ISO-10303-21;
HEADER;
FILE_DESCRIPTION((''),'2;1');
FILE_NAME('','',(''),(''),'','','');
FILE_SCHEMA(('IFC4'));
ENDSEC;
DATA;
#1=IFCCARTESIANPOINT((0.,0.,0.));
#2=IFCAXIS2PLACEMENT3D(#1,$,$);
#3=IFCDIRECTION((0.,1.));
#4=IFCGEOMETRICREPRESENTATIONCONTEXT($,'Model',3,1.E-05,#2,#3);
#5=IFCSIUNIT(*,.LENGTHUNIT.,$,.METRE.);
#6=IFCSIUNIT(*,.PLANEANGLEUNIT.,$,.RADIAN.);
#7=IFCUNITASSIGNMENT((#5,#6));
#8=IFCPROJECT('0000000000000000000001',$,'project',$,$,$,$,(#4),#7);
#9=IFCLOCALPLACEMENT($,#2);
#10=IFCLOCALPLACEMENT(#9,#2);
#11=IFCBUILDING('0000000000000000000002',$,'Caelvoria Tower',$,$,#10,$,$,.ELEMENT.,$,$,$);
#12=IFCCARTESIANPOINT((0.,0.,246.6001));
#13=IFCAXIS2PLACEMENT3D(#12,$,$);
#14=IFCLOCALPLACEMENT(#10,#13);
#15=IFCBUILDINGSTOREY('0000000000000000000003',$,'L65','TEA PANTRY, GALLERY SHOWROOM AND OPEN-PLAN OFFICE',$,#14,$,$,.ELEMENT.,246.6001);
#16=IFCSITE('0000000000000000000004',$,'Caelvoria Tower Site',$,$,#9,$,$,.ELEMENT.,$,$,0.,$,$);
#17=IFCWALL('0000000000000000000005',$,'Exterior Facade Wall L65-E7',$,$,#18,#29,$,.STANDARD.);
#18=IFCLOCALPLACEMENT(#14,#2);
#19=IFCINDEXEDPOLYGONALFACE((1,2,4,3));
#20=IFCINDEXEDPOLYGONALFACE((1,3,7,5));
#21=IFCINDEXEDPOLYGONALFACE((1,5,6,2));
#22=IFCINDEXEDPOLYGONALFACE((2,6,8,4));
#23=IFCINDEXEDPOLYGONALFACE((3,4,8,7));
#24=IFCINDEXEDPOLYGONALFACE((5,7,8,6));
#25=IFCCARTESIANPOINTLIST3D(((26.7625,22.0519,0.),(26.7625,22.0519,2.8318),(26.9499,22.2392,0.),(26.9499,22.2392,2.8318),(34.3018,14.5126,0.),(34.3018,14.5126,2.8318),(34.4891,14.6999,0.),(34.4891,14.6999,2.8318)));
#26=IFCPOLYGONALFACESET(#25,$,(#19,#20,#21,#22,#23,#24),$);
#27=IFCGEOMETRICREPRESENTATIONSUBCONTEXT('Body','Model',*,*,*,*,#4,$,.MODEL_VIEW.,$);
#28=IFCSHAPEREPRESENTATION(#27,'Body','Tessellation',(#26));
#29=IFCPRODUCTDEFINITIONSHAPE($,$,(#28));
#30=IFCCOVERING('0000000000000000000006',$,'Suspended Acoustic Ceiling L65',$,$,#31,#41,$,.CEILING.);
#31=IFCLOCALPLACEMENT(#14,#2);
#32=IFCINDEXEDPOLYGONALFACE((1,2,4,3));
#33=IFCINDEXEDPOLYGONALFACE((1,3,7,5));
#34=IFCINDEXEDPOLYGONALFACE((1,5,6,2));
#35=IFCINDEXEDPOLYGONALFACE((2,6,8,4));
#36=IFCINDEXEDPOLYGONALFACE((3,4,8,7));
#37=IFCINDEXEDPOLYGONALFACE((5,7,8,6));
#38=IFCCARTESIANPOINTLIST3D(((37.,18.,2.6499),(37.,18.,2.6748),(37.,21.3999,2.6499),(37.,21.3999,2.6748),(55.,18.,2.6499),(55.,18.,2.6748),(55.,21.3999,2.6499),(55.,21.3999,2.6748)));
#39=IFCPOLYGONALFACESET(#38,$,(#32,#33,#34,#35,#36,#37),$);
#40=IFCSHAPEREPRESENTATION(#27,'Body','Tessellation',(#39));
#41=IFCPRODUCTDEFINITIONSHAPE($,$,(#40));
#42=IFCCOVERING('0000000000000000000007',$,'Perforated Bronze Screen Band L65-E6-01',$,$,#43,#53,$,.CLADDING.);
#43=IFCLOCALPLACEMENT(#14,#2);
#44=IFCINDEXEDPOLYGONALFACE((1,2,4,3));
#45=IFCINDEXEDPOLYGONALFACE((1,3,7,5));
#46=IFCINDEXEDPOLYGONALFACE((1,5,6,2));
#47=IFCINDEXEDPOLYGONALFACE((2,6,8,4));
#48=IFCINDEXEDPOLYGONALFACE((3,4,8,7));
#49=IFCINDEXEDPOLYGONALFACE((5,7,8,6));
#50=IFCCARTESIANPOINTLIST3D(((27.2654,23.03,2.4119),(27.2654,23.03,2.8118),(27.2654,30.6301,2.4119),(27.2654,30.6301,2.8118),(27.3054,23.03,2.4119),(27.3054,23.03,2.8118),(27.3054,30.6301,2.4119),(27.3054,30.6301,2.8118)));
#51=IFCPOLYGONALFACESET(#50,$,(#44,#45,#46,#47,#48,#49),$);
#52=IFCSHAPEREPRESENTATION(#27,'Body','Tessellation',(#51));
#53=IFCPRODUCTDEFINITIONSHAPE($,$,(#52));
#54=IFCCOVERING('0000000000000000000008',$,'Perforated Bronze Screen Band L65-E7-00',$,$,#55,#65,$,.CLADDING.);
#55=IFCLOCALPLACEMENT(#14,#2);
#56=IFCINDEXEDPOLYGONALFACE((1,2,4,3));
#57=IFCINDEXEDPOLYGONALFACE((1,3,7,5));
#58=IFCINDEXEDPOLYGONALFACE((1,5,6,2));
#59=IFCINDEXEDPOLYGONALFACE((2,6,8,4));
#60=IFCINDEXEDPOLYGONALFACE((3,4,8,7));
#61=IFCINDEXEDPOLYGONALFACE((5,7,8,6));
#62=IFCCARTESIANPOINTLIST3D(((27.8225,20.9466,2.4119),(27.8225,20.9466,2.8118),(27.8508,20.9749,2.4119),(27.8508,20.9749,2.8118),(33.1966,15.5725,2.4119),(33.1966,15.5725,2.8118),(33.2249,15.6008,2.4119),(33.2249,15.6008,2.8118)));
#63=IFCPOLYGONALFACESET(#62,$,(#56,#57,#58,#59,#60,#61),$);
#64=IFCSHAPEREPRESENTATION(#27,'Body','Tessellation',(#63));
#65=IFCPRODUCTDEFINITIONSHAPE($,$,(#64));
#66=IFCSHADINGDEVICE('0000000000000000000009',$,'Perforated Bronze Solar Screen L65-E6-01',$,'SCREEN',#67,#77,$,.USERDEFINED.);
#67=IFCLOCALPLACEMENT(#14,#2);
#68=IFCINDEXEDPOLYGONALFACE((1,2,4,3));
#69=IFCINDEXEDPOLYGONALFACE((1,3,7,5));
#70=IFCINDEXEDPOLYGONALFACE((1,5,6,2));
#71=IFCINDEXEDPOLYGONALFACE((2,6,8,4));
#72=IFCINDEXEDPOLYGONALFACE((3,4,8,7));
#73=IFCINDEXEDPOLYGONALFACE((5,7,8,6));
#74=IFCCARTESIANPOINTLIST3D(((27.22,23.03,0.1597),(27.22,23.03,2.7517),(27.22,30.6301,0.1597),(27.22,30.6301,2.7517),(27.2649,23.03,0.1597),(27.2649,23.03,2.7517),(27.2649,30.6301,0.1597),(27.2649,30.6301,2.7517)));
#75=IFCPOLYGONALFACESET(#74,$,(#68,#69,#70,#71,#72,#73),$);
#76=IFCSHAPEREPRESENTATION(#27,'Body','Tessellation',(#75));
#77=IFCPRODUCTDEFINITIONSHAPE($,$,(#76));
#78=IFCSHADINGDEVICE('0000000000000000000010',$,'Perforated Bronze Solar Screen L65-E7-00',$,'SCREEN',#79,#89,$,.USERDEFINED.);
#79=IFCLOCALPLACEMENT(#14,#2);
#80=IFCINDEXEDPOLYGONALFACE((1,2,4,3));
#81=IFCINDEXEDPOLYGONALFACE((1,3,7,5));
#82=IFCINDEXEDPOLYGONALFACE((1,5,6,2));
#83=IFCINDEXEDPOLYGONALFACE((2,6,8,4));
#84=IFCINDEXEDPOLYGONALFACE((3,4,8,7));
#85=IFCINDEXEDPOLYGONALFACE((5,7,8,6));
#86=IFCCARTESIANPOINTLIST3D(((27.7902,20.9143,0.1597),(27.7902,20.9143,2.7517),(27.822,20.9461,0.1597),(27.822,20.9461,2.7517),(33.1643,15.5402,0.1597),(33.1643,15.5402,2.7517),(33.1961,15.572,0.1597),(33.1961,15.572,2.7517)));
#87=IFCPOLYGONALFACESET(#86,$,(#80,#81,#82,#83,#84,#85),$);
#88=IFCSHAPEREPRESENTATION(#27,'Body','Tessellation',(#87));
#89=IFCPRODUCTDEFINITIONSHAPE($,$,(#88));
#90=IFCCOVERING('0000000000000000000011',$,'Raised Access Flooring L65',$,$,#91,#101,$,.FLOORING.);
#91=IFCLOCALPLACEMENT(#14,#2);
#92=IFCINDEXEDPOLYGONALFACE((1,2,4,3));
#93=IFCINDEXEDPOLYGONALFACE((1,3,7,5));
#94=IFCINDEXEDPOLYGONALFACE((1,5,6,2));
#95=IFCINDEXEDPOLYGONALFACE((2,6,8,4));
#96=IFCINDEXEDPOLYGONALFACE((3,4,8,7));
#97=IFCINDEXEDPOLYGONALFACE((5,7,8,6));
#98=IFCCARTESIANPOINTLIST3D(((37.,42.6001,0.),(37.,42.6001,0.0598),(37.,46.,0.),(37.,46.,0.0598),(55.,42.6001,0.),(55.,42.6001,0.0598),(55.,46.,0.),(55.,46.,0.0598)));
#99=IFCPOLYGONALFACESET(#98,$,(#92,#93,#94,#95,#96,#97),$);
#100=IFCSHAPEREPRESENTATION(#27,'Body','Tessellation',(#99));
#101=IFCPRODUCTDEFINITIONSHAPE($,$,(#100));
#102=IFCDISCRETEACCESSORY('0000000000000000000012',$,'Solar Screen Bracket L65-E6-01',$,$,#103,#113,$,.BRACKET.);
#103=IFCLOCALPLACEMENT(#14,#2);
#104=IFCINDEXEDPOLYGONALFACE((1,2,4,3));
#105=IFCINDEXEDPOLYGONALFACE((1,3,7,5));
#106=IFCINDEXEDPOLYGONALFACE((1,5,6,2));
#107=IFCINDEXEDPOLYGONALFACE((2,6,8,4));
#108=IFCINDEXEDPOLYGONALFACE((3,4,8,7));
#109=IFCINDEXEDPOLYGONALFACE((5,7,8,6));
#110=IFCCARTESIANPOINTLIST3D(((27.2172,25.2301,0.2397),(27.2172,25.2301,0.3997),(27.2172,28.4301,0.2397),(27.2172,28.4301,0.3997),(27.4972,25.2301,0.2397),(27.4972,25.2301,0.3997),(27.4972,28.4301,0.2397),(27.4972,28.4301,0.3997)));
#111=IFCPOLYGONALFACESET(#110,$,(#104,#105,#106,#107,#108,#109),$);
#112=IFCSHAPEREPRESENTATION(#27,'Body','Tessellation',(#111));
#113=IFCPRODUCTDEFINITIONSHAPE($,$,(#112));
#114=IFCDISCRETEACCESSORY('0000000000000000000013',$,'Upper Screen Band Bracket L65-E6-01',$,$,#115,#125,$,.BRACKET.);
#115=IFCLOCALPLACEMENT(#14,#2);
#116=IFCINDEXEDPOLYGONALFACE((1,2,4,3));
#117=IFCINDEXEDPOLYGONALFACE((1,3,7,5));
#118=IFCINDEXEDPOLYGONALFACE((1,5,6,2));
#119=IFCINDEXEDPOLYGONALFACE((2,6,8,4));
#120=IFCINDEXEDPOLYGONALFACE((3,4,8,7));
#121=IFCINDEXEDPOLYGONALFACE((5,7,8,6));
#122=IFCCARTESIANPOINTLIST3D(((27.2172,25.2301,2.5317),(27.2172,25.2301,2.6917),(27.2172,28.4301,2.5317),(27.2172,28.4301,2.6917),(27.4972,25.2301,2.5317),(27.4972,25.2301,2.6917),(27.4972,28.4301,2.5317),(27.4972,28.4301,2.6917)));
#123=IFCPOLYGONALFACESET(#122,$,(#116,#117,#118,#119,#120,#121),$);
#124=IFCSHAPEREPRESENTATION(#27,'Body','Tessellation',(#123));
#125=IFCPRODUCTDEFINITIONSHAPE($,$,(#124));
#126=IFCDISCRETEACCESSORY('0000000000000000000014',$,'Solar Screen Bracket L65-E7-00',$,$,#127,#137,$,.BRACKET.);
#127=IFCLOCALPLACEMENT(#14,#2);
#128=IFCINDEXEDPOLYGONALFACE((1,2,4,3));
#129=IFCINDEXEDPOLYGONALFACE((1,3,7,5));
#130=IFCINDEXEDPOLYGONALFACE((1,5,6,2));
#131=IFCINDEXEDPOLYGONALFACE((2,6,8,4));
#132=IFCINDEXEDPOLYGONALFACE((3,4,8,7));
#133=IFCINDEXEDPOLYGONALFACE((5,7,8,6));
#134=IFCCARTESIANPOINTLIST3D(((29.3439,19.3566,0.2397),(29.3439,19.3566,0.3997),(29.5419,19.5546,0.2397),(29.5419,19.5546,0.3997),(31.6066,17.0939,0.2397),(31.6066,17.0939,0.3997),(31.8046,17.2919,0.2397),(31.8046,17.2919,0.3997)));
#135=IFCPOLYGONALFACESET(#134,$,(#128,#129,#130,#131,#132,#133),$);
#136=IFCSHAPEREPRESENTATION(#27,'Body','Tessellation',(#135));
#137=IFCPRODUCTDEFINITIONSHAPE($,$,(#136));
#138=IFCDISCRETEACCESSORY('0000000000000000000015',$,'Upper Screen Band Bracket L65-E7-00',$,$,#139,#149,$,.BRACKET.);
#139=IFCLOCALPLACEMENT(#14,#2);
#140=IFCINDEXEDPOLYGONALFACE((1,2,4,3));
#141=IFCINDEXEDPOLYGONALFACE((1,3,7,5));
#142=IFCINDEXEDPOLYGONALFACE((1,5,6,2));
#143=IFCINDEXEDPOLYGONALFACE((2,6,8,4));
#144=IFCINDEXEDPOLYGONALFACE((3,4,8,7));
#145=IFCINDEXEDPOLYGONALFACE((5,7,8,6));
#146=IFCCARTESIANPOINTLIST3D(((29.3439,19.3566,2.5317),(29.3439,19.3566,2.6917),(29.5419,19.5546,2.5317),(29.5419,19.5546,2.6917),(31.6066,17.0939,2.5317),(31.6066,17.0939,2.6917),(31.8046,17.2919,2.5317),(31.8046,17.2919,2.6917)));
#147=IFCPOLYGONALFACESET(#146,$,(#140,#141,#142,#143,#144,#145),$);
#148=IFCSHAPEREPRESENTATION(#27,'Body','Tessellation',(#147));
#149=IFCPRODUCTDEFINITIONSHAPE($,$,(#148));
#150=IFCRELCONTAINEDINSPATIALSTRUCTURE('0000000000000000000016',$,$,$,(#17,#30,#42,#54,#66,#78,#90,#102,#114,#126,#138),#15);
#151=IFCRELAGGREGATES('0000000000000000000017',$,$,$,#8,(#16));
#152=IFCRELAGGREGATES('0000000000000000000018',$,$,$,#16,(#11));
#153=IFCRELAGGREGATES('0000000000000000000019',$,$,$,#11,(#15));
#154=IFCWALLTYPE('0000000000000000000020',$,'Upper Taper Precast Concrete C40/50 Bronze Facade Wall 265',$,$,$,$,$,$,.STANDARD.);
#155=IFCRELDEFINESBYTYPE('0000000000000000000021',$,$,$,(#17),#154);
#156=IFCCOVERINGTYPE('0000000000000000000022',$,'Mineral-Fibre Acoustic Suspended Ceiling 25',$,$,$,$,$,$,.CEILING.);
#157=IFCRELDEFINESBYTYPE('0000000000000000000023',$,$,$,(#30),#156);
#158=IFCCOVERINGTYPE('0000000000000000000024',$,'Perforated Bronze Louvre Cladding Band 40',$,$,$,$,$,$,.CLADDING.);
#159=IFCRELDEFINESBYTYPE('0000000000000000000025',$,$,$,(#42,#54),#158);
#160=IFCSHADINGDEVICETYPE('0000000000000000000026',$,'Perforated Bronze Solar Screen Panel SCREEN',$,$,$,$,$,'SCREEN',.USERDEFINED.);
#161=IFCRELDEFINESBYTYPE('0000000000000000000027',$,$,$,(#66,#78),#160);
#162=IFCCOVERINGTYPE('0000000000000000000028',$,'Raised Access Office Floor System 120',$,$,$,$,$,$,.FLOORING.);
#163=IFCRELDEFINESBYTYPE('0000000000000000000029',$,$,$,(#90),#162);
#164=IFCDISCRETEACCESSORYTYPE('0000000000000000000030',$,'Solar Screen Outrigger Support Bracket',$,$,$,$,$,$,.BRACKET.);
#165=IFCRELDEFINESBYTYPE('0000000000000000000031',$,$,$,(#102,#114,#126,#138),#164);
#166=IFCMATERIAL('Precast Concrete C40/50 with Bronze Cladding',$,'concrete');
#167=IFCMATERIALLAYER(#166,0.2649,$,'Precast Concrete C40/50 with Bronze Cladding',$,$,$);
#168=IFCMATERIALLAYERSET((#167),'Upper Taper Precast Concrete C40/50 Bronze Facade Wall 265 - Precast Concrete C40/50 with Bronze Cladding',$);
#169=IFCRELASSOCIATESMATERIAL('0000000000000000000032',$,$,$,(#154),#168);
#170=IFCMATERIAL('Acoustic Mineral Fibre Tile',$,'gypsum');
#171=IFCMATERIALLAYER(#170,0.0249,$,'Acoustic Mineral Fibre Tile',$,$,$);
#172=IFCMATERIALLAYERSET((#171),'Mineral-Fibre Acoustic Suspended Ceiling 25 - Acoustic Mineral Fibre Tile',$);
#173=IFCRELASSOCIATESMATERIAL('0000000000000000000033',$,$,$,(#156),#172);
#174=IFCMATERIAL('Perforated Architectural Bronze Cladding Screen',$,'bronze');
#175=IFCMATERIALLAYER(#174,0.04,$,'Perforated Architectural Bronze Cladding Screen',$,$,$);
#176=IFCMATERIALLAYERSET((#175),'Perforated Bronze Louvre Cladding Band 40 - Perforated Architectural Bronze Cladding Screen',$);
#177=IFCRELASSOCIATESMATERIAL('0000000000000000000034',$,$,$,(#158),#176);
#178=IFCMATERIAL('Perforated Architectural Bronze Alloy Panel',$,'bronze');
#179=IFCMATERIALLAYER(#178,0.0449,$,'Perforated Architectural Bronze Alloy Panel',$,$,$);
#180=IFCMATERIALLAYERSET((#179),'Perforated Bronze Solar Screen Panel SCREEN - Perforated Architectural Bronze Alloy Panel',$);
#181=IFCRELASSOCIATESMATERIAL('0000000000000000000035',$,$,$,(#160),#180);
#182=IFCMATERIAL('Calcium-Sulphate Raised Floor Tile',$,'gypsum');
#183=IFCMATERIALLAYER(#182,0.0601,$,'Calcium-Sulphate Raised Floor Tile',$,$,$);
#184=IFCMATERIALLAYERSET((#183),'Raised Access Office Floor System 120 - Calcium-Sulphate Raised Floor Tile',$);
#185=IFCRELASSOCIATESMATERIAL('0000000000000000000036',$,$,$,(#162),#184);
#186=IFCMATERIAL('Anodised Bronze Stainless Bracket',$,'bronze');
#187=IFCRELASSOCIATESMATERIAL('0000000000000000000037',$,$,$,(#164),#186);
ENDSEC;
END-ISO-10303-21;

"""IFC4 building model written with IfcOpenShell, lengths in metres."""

from ifc_helpers import new_model, si_unit, direction, frame, frame_2d, origin, origin_2d, place, context, subcontext, project, spatial, polyline, rectangle, outline, extrude, material, layer, layer_set, type_object, element, save


model = new_model("IFC4")

# Units and contexts
model_context = context("Model", 3, precision=1e-05, world=origin(), true_north=direction((0.0, 1.0)))
body_context = subcontext(model_context, "Body", "Model", "MODEL_VIEW")
ifc_project = project(units=[si_unit("LENGTHUNIT", "METRE"), si_unit("PLANEANGLEUNIT", "RADIAN")], contexts=[model_context])

# Site, building, storey
site_placement = place(None, origin())
site = spatial("IfcSite", under=ifc_project, at=site_placement, Name="Caelvoria Tower Site", CompositionType="ELEMENT", RefElevation=0.0)
building_placement = place(site_placement, origin())
building = spatial("IfcBuilding", under=site, at=building_placement, Name="Caelvoria Tower", CompositionType="ELEMENT")
storey_placement = place(building_placement, frame((0.0, 0.0, 246.6001)))
storey = spatial("IfcBuildingStorey", under=building, at=storey_placement, Name="L65", Description="TEA PANTRY, GALLERY SHOWROOM AND OPEN-PLAN OFFICE", CompositionType="ELEMENT", Elevation=246.6001)

# Shared definitions
ifc_material_1 = material(Name="Precast Concrete C40/50 with Bronze Cladding", Category="concrete")
ifc_layer_1 = layer(ifc_material_1, 0.2649, Name="Precast Concrete C40/50 with Bronze Cladding")
ifc_layer_set_1 = layer_set([ifc_layer_1], Name="Upper Taper Precast Concrete C40/50 Bronze Facade Wall 265 - Precast Concrete C40/50 with Bronze Cladding")
wall_type = type_object("IfcWallType", Name="Upper Taper Precast Concrete C40/50 Bronze Facade Wall 265", PredefinedType="STANDARD", material=ifc_layer_set_1)

# Wall
wall_1_placement = place(storey_placement, frame((26.8562, 22.1455, 0.0), z_axis=(0.0, 0.0, 1.0), x_axis=(0.707107, -0.707107, 0.0)))
element("IfcWall", 1, at=wall_1_placement, inside=storey, type_object=wall_type, Name="Exterior Facade Wall L65-E7", PredefinedType="STANDARD", context=body_context, shape_type="SweptSolid", body=[
    extrude(rectangle(XDim=10.6621, YDim=0.2649, at=frame_2d((5.3311, 0.0))), origin(), (0.0, 0.0, 1.0), 2.8318),
])

# Coverings
ifc_material_2 = material(Name="Acoustic Mineral Fibre Tile", Category="gypsum")
ifc_layer_2 = layer(ifc_material_2, 0.0249, Name="Acoustic Mineral Fibre Tile")
ifc_layer_set_2 = layer_set([ifc_layer_2], Name="Mineral-Fibre Acoustic Suspended Ceiling 25 - Acoustic Mineral Fibre Tile")
covering_type_1 = type_object("IfcCoveringType", Name="Mineral-Fibre Acoustic Suspended Ceiling 25", PredefinedType="CEILING", material=ifc_layer_set_2)
covering_1_placement = place(storey_placement, frame((0.0, 0.0, 2.6499)))
element("IfcCovering", 2, at=covering_1_placement, inside=storey, type_object=covering_type_1, Name="Suspended Acoustic Ceiling L65", PredefinedType="CEILING", context=body_context, shape_type="SweptSolid", body=[
    extrude(outline(polyline([(37.0, 18.0), (55.0, 18.0), (55.0, 21.3999), (37.0, 21.3999), (37.0, 18.0)])), origin(), (0.0, 0.0, 1.0), 0.0249),
])
ifc_material_3 = material(Name="Perforated Architectural Bronze Cladding Screen", Category="bronze")
ifc_layer_3 = layer(ifc_material_3, 0.04, Name="Perforated Architectural Bronze Cladding Screen")
ifc_layer_set_3 = layer_set([ifc_layer_3], Name="Perforated Bronze Louvre Cladding Band 40 - Perforated Architectural Bronze Cladding Screen")
covering_type_2 = type_object("IfcCoveringType", Name="Perforated Bronze Louvre Cladding Band 40", PredefinedType="CLADDING", material=ifc_layer_set_3)
for number, where, z_axis, x_axis, name in (
    (3, (27.2854, 26.8301, 2.4119), (0.0, 0.0, 1.0), (0.0, -1.0, 0.0), "Perforated Bronze Screen Band L65-E6-01"),
    (4, (30.5237, 18.2737, 2.4119), (0.0, 0.0, 1.0), (0.707107, -0.707107, 0.0), "Perforated Bronze Screen Band L65-E7-00"),
):
    element("IfcCovering", number, at=place(storey_placement, frame(where, z_axis=z_axis, x_axis=x_axis)), inside=storey, type_object=covering_type_2, Name=name, PredefinedType="CLADDING", context=body_context, shape_type="SweptSolid", body=[
        extrude(rectangle(XDim=7.6001, YDim=0.04, at=origin_2d()), origin(), (0.0, 0.0, 1.0), 0.3999),
    ])

# Shading devices
ifc_material_4 = material(Name="Perforated Architectural Bronze Alloy Panel", Category="bronze")
ifc_layer_4 = layer(ifc_material_4, 0.0449, Name="Perforated Architectural Bronze Alloy Panel")
ifc_layer_set_4 = layer_set([ifc_layer_4], Name="Perforated Bronze Solar Screen Panel SCREEN - Perforated Architectural Bronze Alloy Panel")
shading_device_type = type_object("IfcShadingDeviceType", Name="Perforated Bronze Solar Screen Panel SCREEN", ElementType="SCREEN", PredefinedType="USERDEFINED", material=ifc_layer_set_4)
for number, where, z_axis, x_axis, name in (
    (5, (27.2424, 26.8301, 0.1597), (0.0, 0.0, 1.0), (0.0, -1.0, 0.0), "Perforated Bronze Solar Screen L65-E6-01"),
    (6, (30.4932, 18.2432, 0.1597), (0.0, 0.0, 1.0), (0.707107, -0.707107, 0.0), "Perforated Bronze Solar Screen L65-E7-00"),
):
    element("IfcShadingDevice", number, at=place(storey_placement, frame(where, z_axis=z_axis, x_axis=x_axis)), inside=storey, type_object=shading_device_type, Name=name, ObjectType="SCREEN", PredefinedType="USERDEFINED", context=body_context, shape_type="SweptSolid", body=[
        extrude(rectangle(XDim=7.6001, YDim=0.0449, at=origin_2d()), origin(), (0.0, 0.0, 1.0), 2.592),
    ])

# Covering
ifc_material_5 = material(Name="Calcium-Sulphate Raised Floor Tile", Category="gypsum")
ifc_layer_5 = layer(ifc_material_5, 0.0601, Name="Calcium-Sulphate Raised Floor Tile")
ifc_layer_set_5 = layer_set([ifc_layer_5], Name="Raised Access Office Floor System 120 - Calcium-Sulphate Raised Floor Tile")
covering_type_3 = type_object("IfcCoveringType", Name="Raised Access Office Floor System 120", PredefinedType="FLOORING", material=ifc_layer_set_5)
covering_2_placement = place(storey_placement, origin())
element("IfcCovering", 7, at=covering_2_placement, inside=storey, type_object=covering_type_3, Name="Raised Access Flooring L65", PredefinedType="FLOORING", context=body_context, shape_type="SweptSolid", body=[
    extrude(outline(polyline([(37.0, 42.6001), (55.0, 42.6001), (55.0, 46.0), (37.0, 46.0), (37.0, 42.6001)])), origin(), (0.0, 0.0, 1.0), 0.0598),
])

# Discrete accessories
ifc_material_6 = material(Name="Anodised Bronze Stainless Bracket", Category="bronze")
discrete_accessory_type = type_object("IfcDiscreteAccessoryType", Name="Solar Screen Outrigger Support Bracket", PredefinedType="BRACKET", material=ifc_material_6)
for number, where, z_axis, x_axis, name in (
    (8, (27.3572, 26.8301, 0.2397), (0.0, 0.0, 1.0), (0.0, -1.0, 0.0), "Solar Screen Bracket L65-E6-01"),
    (9, (27.3572, 26.8301, 2.5317), (0.0, 0.0, 1.0), (0.0, -1.0, 0.0), "Upper Screen Band Bracket L65-E6-01"),
    (10, (30.5742, 18.3242, 0.2397), (0.0, 0.0, 1.0), (0.707107, -0.707107, 0.0), "Solar Screen Bracket L65-E7-00"),
    (11, (30.5742, 18.3242, 2.5317), (0.0, 0.0, 1.0), (0.707107, -0.707107, 0.0), "Upper Screen Band Bracket L65-E7-00"),
):
    element("IfcDiscreteAccessory", number, at=place(storey_placement, frame(where, z_axis=z_axis, x_axis=x_axis)), inside=storey, type_object=discrete_accessory_type, Name=name, PredefinedType="BRACKET", context=body_context, shape_type="SweptSolid", body=[
        extrude(rectangle(XDim=3.2, YDim=0.28, at=origin_2d()), origin(), (0.0, 0.0, 1.0), 0.1599),
    ])

save(model, "model.ifc")
